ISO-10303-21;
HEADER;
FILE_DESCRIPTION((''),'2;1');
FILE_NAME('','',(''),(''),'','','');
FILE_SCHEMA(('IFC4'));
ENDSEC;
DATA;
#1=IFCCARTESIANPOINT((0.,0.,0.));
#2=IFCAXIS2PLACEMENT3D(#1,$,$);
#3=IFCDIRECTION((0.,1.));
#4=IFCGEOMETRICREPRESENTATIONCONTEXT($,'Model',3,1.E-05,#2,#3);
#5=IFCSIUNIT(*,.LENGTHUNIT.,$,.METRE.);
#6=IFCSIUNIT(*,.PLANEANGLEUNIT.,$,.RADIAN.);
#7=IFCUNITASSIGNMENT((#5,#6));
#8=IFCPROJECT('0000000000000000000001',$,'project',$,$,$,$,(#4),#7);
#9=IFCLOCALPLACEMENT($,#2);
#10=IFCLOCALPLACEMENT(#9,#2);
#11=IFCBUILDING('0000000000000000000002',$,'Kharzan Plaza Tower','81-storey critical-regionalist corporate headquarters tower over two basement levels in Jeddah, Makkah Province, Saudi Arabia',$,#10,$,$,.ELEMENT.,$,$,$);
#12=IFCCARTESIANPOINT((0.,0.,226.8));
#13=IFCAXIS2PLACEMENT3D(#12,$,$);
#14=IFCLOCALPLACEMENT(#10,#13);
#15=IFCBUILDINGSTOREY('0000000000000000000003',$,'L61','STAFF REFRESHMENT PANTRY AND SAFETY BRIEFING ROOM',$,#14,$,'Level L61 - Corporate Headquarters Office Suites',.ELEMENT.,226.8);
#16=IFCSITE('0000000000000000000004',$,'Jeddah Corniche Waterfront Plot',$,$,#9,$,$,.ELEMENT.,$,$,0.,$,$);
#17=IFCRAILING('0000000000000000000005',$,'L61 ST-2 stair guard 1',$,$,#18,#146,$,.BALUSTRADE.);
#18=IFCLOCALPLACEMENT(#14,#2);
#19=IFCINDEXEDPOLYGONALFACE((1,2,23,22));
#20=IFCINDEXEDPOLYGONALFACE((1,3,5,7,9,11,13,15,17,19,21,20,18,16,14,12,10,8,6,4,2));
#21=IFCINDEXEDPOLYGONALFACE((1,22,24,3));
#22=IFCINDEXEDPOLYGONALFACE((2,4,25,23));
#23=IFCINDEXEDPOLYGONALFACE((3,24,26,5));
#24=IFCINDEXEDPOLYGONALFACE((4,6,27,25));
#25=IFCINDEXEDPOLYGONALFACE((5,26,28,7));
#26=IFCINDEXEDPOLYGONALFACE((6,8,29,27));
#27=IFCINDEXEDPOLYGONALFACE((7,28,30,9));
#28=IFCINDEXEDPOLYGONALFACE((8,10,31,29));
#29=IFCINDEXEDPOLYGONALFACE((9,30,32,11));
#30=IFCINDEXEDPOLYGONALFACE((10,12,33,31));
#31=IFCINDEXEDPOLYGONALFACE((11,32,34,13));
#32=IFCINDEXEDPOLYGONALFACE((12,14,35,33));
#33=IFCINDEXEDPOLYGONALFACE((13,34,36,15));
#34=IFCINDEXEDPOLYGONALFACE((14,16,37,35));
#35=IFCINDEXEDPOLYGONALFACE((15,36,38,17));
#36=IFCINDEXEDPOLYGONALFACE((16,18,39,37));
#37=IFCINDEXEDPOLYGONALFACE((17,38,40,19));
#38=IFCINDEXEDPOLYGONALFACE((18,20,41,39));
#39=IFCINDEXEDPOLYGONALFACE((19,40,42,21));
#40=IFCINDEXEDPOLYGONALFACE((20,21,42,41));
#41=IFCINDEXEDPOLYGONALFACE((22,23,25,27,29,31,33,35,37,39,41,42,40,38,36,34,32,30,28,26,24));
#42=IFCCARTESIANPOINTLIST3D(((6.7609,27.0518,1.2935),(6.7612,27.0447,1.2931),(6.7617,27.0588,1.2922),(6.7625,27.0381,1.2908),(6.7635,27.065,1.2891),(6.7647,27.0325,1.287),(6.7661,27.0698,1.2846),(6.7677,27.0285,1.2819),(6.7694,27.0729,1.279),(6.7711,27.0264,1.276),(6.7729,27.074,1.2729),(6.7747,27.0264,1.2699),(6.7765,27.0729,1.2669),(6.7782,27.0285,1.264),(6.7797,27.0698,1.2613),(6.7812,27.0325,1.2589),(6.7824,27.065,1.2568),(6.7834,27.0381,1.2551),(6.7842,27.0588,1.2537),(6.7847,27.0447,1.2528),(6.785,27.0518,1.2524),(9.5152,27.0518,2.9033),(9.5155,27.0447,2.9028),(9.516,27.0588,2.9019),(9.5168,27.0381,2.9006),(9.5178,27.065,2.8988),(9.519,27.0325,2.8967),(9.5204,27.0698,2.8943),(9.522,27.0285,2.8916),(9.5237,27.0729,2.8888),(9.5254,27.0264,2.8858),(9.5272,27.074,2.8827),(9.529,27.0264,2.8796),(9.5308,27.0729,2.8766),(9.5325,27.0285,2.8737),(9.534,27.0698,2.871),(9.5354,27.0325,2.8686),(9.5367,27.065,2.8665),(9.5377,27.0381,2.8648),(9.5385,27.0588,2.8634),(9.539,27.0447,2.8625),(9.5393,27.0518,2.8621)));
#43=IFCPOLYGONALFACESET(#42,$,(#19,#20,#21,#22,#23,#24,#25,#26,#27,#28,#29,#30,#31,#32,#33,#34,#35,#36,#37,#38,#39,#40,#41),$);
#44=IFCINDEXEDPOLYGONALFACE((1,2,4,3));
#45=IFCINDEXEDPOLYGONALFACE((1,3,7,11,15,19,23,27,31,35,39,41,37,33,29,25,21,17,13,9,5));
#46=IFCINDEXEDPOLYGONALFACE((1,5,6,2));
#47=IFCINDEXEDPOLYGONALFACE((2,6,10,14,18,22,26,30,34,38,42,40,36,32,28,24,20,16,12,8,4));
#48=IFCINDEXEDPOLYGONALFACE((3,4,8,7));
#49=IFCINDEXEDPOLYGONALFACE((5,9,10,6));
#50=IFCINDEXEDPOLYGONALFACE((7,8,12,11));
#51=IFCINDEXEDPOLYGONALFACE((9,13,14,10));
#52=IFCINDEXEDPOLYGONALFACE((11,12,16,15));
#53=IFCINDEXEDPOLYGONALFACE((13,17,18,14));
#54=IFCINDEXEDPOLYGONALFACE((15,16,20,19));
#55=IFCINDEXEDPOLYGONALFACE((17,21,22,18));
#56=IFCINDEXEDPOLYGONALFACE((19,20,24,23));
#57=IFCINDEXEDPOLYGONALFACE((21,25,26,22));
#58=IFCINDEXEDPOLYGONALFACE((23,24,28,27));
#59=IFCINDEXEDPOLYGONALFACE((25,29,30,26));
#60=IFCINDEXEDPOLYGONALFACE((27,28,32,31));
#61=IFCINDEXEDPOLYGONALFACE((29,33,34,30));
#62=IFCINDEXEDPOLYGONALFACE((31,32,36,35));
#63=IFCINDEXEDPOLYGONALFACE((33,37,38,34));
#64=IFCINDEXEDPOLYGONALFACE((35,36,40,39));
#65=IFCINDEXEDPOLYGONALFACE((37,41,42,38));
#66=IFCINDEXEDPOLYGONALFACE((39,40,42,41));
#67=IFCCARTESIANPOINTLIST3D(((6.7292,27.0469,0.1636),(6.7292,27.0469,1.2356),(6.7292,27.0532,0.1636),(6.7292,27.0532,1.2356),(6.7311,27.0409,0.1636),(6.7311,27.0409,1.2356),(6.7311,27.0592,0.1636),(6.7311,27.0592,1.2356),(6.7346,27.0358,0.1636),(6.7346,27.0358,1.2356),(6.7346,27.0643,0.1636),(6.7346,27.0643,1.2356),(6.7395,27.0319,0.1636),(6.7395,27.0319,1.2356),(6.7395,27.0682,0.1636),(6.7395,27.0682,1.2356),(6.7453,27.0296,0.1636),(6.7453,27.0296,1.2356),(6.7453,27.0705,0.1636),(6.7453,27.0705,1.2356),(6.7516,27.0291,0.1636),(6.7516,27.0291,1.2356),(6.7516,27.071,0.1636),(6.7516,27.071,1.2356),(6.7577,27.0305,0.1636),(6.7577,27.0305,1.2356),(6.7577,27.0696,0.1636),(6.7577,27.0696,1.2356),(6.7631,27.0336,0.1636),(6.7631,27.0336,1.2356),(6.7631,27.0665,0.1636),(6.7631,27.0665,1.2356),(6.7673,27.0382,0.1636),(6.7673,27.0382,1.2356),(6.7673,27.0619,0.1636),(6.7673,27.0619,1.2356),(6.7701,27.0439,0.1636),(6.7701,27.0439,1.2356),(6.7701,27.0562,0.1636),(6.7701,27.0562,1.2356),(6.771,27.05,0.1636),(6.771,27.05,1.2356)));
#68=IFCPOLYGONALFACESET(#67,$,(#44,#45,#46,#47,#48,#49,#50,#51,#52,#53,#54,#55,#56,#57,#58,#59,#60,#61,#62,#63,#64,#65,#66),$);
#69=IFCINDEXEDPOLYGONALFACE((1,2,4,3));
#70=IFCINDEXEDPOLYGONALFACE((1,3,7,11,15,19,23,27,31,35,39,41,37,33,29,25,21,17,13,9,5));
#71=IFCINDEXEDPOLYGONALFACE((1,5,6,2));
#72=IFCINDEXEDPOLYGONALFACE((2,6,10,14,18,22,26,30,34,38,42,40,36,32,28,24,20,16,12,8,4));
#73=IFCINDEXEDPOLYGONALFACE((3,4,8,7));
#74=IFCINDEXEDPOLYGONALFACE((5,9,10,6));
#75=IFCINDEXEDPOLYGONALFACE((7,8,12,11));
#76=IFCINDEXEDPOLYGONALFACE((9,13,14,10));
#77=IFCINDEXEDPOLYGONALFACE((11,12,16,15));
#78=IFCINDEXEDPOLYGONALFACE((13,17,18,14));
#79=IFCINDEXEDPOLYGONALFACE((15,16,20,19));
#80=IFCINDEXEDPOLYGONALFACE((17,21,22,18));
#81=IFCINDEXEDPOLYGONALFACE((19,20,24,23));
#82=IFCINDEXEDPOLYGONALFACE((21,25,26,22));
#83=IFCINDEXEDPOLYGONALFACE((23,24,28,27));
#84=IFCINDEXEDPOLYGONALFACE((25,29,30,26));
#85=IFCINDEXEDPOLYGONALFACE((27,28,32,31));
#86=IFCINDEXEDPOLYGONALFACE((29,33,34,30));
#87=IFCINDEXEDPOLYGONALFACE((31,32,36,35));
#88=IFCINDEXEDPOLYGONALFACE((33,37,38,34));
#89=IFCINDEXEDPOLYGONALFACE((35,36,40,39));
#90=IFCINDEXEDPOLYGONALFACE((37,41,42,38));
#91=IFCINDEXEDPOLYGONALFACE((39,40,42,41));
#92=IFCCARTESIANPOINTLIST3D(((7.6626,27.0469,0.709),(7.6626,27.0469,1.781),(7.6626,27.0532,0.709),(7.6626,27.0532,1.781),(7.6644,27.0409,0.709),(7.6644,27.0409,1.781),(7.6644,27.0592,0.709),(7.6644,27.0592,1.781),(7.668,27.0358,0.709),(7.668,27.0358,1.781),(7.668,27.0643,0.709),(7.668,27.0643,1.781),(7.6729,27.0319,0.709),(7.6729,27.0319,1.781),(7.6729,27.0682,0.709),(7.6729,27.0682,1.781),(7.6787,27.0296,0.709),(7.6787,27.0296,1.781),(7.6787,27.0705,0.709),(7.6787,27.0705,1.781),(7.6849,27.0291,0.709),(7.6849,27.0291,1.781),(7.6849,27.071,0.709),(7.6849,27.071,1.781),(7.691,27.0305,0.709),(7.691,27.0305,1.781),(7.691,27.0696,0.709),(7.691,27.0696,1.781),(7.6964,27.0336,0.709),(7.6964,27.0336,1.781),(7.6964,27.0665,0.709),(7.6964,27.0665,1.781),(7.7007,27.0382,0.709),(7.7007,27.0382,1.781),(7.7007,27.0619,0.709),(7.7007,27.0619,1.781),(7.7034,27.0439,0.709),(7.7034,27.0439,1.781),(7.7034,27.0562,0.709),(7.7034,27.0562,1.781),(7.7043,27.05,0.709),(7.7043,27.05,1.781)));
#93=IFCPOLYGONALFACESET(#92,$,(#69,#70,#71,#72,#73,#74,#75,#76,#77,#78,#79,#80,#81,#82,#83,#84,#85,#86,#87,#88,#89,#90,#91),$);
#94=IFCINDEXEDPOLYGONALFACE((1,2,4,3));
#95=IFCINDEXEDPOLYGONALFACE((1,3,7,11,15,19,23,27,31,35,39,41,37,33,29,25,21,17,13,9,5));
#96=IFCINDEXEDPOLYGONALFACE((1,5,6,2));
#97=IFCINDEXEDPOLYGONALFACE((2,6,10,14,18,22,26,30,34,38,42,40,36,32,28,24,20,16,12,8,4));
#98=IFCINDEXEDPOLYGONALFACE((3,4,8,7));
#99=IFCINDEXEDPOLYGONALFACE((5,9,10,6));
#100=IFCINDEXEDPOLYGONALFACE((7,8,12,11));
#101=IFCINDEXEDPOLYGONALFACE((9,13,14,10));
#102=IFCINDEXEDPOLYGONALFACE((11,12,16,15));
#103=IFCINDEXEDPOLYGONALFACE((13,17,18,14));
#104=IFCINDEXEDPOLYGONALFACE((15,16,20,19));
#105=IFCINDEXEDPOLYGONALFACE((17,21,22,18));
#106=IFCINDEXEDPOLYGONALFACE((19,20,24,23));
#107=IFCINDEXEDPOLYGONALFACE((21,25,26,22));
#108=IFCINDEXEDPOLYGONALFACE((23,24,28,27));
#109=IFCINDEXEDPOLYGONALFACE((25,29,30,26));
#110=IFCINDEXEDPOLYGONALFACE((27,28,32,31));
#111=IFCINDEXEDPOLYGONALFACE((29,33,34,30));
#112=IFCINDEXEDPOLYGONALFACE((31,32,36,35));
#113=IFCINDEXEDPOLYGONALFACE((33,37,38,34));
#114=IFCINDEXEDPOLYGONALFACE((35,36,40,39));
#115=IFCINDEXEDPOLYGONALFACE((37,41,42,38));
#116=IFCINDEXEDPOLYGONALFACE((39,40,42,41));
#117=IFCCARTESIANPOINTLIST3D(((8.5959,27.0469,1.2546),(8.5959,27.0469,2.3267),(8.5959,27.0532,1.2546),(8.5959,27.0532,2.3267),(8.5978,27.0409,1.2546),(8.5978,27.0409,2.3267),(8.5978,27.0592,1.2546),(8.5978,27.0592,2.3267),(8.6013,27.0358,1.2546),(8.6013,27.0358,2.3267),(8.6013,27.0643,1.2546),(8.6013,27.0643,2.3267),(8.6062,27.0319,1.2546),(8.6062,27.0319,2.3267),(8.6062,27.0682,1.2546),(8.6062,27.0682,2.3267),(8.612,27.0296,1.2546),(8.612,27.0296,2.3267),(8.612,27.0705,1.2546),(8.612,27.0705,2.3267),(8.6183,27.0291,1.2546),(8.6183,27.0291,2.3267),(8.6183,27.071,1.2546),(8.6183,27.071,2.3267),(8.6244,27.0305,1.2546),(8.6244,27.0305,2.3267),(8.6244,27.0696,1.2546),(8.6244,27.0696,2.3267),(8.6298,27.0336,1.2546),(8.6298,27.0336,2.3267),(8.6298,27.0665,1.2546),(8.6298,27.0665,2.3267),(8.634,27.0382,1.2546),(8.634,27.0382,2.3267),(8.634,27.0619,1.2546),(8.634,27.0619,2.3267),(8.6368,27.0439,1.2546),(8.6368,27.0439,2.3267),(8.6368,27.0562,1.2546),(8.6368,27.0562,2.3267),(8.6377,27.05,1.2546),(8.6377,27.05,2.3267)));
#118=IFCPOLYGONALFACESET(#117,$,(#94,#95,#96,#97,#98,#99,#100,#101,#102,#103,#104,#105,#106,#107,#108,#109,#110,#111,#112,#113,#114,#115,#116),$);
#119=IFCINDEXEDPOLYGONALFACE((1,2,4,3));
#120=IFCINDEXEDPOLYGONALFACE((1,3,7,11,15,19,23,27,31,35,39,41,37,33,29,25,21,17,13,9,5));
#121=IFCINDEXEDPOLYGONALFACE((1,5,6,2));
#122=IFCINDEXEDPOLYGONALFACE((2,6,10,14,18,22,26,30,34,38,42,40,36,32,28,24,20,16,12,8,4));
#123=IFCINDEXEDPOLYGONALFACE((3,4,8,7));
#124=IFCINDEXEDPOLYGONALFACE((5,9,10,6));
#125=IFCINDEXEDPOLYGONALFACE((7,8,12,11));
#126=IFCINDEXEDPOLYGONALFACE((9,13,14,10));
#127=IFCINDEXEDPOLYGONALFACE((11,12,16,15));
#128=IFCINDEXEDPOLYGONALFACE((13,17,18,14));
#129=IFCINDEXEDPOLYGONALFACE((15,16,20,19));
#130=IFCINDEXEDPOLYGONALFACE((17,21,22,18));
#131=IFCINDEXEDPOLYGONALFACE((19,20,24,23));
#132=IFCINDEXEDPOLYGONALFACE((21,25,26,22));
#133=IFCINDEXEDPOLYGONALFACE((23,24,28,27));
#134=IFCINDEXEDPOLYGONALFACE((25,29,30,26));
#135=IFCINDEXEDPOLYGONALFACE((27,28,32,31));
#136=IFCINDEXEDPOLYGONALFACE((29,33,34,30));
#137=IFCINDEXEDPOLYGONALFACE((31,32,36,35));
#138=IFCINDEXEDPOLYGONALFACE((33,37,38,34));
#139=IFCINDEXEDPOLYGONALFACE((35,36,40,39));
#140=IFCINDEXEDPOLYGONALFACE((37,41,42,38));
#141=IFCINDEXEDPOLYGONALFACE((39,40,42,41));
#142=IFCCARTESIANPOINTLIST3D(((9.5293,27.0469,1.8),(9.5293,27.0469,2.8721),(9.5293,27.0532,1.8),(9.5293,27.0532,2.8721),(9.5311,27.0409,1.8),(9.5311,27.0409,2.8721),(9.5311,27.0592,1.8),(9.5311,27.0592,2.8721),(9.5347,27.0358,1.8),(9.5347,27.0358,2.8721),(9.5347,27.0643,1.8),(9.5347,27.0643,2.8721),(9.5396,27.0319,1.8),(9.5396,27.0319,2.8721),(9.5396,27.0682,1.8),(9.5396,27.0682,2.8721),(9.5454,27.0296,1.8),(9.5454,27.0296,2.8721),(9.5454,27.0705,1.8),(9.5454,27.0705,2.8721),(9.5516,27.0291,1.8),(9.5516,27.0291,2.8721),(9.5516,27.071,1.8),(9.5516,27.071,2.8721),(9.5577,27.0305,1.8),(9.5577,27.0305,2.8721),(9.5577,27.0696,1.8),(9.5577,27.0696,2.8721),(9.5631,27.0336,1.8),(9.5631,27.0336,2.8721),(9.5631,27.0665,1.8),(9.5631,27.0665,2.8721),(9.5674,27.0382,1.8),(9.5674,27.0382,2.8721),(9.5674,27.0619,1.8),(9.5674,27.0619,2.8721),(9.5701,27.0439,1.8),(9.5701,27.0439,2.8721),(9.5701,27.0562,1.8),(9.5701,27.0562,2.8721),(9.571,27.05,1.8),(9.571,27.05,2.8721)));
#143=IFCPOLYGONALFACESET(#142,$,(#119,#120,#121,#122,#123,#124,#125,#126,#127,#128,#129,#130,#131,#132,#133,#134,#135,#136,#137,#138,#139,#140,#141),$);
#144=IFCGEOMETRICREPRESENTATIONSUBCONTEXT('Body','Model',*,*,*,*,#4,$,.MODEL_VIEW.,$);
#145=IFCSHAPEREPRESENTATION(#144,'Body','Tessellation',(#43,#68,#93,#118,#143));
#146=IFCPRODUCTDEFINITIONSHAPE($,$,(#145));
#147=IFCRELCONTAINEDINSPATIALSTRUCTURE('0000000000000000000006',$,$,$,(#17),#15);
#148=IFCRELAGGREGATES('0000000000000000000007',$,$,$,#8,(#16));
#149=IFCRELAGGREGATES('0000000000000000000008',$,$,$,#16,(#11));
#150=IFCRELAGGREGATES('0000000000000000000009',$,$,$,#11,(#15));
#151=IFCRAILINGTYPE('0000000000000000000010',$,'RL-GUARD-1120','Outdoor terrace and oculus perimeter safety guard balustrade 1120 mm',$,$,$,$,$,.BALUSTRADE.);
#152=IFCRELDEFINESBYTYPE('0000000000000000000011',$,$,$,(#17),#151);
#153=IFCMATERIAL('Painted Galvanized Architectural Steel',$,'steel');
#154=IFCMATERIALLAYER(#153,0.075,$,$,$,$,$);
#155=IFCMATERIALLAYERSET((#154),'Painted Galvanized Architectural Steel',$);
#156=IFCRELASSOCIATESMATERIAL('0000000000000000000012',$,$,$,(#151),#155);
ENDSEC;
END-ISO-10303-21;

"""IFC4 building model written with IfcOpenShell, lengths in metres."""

from ifc_helpers import new_model, si_unit, direction, frame, origin, origin_2d, place, context, subcontext, project, spatial, circle, extrude, source, transform, mapped, material, layer, layer_set, type_object, element, save


model = new_model("IFC4")

# Units and contexts
model_context = context("Model", 3, precision=1e-05, world=origin(), true_north=direction((0.0, 1.0)))
body_context = subcontext(model_context, "Body", "Model", "MODEL_VIEW")
ifc_project = project(units=[si_unit("LENGTHUNIT", "METRE"), si_unit("PLANEANGLEUNIT", "RADIAN")], contexts=[model_context])

# Site, building, storey
site_placement = place(None, origin())
site = spatial("IfcSite", under=ifc_project, at=site_placement, Name="Jeddah Corniche Waterfront Plot", CompositionType="ELEMENT", RefElevation=0.0)
building_placement = place(site_placement, origin())
building = spatial("IfcBuilding", under=site, at=building_placement, Name="Kharzan Plaza Tower", Description="81-storey critical-regionalist corporate headquarters tower over two basement levels in Jeddah, Makkah Province, Saudi Arabia", CompositionType="ELEMENT")
storey_placement = place(building_placement, frame((0.0, 0.0, 226.8)))
storey = spatial("IfcBuildingStorey", under=building, at=storey_placement, Name="L61", Description="STAFF REFRESHMENT PANTRY AND SAFETY BRIEFING ROOM", LongName="Level L61 - Corporate Headquarters Office Suites", CompositionType="ELEMENT", Elevation=226.8)

# Railing
ifc_material_1 = material(Name="Painted Galvanized Architectural Steel", Category="steel")
ifc_layer_1 = layer(ifc_material_1, 0.075)
ifc_layer_set_1 = layer_set([ifc_layer_1], Name="Painted Galvanized Architectural Steel")
railing_type_1 = type_object("IfcRailingType", Name="RL-GUARD-1120", Description="Outdoor terrace and oculus perimeter safety guard balustrade 1120 mm", PredefinedType="BALUSTRADE", material=ifc_layer_set_1)
shared_shape_1 = source(origin(), body_context, "Body", "SweptSolid", [
    extrude(circle(Radius=0.0239, at=origin_2d()), frame((0.0229, 0.0, 1.1094), z_axis=(0.863361, 0.0, 0.504587), x_axis=(0.0, 1.0, 0.0)), (0.0, 0.0, 1.0), 3.1902),
    extrude(circle(Radius=0.021, at=origin_2d()), origin(), (0.0, 0.0, 1.0), 1.072),
    extrude(circle(Radius=0.021, at=origin_2d()), frame((0.9333, 0.0, 0.5454)), (0.0, 0.0, 1.0), 1.072),
    extrude(circle(Radius=0.021, at=origin_2d()), frame((1.8667, 0.0, 1.0911)), (0.0, 0.0, 1.0), 1.072),
    extrude(circle(Radius=0.021, at=origin_2d()), frame((2.8, 0.0, 1.6365)), (0.0, 0.0, 1.0), 1.072),
])
railing_1_placement = place(storey_placement, frame((6.75, 27.05, 0.1636)))
element("IfcRailing", 1, at=railing_1_placement, inside=storey, type_object=railing_type_1, Name="L61 ST-2 stair guard 1", PredefinedType="BALUSTRADE", context=body_context, shape_type="MappedRepresentation", body=[
    mapped(shared_shape_1, transform((0.0, 0.0, 0.0), x_axis=(1.0, 0.0, 0.0), y_axis=(0.0, 1.0, 0.0), z_axis=(0.0, 0.0, 1.0))),
])

save(model, "model.ifc")
